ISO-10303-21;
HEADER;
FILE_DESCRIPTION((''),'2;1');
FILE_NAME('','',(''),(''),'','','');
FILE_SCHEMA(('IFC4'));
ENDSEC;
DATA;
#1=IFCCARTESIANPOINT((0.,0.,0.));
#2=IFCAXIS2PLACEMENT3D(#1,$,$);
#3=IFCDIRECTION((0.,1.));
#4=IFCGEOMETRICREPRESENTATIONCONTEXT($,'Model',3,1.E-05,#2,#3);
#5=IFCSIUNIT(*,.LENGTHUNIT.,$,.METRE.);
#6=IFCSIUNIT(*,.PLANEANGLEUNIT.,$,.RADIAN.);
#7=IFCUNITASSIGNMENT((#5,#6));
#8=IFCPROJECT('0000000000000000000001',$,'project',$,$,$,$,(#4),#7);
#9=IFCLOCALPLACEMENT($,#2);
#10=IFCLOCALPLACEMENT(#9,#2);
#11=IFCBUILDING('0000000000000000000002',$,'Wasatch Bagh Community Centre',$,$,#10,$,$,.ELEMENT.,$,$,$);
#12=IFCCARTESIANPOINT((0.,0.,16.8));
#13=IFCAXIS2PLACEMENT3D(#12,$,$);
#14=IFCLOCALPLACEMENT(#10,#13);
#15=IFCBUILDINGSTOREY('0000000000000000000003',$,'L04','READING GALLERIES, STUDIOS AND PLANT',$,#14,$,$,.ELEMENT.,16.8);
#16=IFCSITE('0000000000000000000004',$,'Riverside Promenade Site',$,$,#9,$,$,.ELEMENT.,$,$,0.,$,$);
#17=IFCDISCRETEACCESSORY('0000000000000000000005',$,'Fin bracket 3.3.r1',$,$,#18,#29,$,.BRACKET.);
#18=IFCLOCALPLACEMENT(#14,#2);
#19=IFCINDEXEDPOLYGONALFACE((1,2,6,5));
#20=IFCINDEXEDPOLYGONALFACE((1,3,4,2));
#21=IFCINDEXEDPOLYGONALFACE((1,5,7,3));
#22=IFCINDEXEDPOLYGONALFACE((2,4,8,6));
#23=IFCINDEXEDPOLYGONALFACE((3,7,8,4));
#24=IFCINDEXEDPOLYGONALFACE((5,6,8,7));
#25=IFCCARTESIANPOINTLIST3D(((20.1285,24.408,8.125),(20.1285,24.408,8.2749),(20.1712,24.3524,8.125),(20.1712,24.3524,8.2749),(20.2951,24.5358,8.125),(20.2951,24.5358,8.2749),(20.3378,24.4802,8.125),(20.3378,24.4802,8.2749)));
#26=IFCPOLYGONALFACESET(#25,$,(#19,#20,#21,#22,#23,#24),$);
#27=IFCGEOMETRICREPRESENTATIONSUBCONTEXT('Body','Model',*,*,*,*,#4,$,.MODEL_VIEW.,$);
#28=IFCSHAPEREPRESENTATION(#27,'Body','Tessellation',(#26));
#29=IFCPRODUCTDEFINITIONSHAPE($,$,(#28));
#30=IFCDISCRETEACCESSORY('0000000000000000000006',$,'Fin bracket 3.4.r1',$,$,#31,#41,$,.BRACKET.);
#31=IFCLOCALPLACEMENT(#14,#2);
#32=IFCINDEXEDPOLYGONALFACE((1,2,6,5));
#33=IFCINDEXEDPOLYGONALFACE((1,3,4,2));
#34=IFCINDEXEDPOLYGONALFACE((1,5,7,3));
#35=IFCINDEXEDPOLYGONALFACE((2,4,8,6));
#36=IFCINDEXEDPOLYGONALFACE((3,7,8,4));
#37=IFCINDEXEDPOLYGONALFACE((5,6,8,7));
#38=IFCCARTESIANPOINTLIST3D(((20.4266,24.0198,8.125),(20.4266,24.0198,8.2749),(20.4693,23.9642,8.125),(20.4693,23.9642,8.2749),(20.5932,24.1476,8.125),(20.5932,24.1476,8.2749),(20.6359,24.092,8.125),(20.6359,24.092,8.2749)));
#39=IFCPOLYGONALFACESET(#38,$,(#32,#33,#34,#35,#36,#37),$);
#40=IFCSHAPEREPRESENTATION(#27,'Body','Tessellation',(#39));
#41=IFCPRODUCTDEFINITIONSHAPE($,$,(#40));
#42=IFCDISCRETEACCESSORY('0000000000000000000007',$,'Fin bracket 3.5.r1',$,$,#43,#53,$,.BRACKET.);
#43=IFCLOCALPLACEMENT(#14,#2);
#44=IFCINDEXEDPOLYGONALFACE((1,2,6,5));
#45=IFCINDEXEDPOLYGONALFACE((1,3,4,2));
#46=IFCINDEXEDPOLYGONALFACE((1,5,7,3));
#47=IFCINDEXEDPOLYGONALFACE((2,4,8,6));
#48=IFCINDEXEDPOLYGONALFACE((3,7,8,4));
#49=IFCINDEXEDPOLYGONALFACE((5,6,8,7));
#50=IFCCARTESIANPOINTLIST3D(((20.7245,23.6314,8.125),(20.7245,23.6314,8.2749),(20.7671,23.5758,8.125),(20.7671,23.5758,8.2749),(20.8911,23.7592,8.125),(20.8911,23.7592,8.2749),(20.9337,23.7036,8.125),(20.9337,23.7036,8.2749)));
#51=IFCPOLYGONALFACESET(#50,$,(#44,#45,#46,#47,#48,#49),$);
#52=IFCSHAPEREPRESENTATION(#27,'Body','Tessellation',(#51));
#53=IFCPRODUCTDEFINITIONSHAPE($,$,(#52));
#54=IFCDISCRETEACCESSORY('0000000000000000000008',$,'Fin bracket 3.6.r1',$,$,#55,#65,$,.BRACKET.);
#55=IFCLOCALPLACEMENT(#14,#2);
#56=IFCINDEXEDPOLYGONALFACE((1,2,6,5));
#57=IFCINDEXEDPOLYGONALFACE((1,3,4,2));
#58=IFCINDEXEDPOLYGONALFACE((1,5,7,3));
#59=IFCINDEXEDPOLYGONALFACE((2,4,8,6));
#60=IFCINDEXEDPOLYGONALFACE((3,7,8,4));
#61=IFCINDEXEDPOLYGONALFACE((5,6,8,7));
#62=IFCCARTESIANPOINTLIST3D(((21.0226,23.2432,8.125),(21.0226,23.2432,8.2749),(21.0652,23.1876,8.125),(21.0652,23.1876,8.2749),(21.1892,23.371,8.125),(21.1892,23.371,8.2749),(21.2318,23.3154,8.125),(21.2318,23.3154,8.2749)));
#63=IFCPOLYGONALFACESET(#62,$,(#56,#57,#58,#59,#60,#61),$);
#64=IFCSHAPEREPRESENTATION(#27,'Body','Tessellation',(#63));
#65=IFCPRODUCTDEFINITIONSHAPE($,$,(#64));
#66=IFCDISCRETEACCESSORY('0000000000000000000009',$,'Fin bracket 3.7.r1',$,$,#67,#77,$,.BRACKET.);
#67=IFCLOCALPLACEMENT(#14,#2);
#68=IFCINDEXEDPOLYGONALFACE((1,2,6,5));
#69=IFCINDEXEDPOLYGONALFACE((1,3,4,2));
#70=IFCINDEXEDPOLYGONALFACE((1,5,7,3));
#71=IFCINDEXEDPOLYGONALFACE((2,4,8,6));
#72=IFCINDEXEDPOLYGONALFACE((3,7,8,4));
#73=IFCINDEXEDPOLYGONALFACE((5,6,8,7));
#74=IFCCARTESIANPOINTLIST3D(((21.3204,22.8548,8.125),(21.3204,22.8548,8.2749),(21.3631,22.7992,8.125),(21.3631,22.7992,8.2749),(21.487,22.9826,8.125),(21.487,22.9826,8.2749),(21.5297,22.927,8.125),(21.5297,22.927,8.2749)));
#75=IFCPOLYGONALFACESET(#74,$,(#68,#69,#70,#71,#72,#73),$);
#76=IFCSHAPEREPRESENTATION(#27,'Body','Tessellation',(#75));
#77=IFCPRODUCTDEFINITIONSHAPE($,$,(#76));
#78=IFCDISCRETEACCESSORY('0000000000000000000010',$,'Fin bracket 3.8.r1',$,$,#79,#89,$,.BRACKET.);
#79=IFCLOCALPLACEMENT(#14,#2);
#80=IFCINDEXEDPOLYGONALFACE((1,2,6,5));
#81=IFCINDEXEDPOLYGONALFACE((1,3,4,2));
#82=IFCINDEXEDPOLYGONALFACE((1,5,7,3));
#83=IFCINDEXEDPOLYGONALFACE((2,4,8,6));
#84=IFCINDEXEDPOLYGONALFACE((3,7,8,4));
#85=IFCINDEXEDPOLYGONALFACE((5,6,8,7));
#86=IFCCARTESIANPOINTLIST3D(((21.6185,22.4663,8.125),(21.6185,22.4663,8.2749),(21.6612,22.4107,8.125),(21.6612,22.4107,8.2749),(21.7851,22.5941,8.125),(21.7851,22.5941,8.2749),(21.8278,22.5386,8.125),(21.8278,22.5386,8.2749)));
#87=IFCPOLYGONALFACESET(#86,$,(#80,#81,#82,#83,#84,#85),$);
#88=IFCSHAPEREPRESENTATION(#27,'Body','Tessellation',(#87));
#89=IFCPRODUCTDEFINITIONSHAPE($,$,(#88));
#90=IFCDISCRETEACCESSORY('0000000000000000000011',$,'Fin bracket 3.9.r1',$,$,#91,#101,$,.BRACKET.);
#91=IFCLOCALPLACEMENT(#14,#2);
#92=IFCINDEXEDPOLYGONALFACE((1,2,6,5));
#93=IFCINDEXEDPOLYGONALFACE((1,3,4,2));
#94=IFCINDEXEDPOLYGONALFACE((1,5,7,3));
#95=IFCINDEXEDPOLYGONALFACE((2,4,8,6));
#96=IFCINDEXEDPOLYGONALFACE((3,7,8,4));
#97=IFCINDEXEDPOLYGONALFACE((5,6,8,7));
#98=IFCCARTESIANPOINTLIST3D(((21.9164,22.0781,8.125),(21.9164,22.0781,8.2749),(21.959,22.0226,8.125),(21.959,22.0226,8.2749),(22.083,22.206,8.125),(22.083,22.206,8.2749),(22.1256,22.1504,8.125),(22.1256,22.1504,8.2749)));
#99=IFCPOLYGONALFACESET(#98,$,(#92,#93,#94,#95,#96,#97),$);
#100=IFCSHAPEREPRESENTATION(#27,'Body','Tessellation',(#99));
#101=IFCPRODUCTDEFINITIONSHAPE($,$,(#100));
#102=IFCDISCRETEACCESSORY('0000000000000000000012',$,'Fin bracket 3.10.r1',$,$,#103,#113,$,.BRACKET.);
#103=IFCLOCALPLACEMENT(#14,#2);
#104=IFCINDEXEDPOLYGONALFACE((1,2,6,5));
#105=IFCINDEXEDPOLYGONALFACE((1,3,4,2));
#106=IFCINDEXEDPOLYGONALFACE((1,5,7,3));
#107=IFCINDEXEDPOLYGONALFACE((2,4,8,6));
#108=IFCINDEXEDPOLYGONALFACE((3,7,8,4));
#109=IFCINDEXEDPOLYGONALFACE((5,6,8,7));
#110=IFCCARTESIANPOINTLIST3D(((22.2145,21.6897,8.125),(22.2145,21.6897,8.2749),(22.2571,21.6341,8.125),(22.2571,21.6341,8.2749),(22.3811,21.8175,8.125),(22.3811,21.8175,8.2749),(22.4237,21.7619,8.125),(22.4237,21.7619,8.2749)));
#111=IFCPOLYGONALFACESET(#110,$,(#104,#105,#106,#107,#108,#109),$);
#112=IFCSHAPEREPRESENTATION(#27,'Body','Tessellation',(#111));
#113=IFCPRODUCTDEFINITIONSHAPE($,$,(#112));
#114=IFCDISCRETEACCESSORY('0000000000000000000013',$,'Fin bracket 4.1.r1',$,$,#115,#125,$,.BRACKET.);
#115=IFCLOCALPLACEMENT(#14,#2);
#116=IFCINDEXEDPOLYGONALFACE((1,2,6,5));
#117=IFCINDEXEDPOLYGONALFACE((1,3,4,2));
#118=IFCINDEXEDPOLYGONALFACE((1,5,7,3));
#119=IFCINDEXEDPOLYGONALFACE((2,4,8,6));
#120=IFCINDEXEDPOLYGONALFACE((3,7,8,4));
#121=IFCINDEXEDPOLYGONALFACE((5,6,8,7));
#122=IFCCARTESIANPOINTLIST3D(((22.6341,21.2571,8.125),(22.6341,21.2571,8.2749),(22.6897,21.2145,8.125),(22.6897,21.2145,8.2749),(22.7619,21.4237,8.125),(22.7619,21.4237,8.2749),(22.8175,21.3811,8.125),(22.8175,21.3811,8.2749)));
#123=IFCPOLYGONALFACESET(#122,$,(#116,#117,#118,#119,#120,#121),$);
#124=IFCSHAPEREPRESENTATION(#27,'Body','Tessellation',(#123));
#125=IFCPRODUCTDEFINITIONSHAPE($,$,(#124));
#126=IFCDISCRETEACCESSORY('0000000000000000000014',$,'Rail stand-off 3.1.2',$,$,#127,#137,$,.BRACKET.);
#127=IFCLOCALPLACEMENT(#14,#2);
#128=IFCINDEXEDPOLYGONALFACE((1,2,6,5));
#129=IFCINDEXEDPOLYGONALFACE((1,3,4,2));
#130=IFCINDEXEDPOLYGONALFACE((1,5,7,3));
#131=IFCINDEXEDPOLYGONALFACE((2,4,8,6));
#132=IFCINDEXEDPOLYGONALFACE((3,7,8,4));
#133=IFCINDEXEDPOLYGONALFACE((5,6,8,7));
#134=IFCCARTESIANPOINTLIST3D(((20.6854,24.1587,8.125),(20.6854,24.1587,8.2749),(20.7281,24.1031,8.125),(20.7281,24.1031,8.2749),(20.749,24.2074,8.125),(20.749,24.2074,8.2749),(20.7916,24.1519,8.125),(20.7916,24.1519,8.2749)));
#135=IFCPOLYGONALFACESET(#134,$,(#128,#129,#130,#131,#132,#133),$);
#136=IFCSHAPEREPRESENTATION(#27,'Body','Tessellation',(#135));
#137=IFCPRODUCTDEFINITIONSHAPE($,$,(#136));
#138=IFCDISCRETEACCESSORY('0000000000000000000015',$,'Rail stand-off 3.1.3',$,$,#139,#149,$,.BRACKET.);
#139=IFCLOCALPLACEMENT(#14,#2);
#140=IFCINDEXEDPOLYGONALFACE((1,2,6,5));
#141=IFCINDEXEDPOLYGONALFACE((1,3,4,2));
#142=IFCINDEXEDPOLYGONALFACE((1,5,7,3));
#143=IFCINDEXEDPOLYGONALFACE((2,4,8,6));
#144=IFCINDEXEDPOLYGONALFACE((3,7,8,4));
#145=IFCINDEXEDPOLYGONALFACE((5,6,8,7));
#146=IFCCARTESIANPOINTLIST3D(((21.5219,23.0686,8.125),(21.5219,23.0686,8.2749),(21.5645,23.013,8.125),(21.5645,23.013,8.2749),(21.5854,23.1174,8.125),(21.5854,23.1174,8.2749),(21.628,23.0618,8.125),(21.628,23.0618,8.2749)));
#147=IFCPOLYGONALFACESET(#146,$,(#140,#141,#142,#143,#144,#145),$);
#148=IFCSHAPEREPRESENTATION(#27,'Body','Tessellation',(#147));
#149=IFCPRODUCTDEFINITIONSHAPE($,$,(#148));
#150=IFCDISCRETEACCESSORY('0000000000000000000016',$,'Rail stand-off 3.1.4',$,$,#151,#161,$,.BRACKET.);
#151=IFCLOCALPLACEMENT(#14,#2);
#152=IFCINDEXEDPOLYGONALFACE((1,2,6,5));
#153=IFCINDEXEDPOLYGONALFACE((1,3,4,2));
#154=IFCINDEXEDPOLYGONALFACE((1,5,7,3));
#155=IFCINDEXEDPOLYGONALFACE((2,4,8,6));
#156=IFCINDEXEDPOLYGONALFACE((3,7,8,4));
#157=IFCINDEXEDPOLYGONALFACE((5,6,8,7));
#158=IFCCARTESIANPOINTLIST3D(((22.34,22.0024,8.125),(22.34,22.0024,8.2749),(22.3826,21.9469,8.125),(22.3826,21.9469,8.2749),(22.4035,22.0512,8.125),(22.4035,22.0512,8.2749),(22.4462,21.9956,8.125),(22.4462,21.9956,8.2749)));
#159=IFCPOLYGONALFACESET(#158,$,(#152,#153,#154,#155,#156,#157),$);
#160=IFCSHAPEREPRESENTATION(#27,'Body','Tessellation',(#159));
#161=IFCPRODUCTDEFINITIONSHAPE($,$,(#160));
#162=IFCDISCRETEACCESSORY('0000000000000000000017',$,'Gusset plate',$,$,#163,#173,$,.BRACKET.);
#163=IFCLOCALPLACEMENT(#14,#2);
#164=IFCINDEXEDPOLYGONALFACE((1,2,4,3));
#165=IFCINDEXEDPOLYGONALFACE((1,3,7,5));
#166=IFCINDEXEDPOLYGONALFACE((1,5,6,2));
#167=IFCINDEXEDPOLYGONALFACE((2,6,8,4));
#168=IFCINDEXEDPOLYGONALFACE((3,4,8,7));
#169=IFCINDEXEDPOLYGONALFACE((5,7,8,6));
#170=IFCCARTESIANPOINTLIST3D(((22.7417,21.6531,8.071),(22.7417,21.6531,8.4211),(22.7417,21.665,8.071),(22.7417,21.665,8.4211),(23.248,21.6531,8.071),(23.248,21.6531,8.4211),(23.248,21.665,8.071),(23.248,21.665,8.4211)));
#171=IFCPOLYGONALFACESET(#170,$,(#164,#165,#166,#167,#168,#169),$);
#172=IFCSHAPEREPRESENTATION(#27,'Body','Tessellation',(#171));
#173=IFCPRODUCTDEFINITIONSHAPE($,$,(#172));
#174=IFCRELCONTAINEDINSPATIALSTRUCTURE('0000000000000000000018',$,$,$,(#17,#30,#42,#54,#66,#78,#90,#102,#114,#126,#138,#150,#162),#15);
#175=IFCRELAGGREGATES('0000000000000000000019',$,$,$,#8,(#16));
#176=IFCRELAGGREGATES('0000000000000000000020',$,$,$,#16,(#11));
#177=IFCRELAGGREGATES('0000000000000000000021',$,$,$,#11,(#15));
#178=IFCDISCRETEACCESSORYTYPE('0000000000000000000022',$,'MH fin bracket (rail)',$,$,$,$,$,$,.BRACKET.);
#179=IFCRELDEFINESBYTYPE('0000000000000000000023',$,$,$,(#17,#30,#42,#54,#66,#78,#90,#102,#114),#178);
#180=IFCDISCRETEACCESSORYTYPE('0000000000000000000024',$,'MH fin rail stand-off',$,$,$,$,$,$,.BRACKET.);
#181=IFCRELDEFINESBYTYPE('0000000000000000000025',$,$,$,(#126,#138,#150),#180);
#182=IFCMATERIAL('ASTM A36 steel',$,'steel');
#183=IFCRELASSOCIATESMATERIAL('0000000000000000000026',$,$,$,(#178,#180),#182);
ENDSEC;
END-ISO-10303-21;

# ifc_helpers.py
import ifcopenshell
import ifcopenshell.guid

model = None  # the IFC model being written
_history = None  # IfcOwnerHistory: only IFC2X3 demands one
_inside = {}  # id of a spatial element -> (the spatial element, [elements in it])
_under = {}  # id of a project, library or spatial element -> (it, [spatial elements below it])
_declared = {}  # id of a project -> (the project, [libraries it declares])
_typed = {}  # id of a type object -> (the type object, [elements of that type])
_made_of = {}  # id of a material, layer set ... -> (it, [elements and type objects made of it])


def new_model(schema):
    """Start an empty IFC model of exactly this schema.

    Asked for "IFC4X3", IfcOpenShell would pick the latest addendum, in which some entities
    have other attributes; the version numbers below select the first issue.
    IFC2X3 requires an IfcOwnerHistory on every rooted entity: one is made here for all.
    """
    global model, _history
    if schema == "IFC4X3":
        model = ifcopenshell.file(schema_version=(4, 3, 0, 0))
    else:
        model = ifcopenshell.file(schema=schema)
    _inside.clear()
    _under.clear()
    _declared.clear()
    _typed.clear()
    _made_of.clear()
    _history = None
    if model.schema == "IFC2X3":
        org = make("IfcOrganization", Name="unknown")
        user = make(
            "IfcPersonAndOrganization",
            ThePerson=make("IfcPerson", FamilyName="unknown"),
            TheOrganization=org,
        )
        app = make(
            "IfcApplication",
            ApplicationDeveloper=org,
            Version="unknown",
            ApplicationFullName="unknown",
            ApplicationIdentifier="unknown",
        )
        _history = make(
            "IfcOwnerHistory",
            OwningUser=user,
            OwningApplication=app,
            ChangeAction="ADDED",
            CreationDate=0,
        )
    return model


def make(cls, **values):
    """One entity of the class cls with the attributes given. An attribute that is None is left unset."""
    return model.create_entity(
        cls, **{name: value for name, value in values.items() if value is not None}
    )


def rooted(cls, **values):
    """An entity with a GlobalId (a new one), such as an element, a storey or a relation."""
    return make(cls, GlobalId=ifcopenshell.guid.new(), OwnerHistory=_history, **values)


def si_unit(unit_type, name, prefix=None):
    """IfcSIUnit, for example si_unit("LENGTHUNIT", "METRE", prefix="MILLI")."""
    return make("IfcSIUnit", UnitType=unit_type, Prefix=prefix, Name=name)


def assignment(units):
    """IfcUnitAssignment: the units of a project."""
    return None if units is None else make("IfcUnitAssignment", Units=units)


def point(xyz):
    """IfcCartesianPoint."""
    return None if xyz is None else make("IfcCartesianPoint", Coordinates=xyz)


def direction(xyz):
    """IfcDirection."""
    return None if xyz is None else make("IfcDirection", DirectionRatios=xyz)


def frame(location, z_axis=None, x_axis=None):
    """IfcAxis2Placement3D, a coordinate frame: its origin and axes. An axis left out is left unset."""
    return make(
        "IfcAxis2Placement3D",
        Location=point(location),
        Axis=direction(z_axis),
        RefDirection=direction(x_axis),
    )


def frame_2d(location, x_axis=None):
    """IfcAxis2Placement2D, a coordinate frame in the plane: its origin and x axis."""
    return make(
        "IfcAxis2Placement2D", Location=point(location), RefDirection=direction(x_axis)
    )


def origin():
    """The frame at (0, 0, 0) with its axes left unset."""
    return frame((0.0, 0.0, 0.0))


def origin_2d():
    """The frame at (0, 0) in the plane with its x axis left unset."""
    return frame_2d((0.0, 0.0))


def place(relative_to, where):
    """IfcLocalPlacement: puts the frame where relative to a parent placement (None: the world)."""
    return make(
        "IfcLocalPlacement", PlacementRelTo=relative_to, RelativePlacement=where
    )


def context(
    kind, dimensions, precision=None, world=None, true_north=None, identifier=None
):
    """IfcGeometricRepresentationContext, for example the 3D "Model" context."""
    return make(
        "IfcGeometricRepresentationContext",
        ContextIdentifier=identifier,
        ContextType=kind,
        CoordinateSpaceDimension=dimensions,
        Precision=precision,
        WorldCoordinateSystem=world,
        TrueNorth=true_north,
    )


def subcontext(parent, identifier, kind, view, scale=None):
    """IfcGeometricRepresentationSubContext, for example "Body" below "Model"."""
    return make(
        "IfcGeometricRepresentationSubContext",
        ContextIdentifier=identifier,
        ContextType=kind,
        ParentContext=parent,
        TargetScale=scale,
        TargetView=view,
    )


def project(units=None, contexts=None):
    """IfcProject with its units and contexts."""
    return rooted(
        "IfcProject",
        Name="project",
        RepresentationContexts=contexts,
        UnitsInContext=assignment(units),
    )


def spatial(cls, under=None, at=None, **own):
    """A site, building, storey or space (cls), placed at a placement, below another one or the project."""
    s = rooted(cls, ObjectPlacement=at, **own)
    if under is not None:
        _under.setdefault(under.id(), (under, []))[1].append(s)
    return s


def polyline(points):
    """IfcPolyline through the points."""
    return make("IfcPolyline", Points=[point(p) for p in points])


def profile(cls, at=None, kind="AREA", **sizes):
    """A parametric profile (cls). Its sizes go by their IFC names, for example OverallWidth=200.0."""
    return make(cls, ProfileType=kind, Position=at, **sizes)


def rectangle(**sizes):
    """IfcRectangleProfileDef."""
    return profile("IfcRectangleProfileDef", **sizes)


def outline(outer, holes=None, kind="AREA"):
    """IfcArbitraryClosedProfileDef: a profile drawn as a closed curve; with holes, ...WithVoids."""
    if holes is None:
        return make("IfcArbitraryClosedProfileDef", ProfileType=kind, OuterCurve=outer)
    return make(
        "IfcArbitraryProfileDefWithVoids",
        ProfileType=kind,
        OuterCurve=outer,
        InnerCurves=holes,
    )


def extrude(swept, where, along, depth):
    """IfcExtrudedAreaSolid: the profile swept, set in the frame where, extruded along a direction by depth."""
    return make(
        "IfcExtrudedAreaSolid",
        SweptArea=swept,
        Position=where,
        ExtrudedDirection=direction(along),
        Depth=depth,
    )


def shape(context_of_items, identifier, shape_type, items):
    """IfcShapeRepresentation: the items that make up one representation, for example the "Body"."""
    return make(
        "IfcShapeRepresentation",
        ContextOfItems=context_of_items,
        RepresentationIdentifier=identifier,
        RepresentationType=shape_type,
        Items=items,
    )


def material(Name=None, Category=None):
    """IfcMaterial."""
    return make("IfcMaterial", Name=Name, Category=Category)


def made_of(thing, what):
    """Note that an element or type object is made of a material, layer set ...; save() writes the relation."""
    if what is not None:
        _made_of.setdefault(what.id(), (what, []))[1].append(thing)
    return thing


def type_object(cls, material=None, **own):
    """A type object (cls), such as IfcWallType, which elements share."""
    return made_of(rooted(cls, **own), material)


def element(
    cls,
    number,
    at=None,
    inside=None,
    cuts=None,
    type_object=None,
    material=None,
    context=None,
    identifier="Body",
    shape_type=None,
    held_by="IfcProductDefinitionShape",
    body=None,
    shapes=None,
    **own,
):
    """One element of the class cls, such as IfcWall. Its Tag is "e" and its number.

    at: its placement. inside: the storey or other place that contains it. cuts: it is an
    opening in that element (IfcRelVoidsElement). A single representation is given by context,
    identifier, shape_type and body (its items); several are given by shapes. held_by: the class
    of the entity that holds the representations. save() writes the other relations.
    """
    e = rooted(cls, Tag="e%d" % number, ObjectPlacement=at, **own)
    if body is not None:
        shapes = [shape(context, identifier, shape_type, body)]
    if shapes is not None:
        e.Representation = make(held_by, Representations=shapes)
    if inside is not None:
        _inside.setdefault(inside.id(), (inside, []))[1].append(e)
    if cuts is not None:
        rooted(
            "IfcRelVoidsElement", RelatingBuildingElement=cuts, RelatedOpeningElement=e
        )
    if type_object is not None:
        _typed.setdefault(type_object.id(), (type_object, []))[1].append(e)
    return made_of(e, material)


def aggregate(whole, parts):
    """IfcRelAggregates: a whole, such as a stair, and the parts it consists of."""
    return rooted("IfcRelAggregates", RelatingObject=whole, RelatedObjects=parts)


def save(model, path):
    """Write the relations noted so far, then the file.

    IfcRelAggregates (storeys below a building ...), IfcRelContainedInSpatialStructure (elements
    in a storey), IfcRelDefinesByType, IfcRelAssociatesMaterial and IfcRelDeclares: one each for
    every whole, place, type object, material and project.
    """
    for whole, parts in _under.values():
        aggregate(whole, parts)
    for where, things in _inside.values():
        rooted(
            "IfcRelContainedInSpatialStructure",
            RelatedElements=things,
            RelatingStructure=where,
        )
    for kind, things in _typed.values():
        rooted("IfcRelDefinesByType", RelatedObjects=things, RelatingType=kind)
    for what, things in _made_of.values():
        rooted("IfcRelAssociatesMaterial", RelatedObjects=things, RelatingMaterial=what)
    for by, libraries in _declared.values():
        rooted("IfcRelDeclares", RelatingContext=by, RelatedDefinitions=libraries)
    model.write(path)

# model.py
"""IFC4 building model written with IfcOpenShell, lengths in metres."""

from ifc_helpers import new_model, si_unit, direction, frame, origin, origin_2d, place, context, subcontext, project, spatial, polyline, rectangle, outline, extrude, material, type_object, element, save


model = new_model("IFC4")

# Units and contexts
model_context = context("Model", 3, precision=1e-05, world=origin(), true_north=direction((0.0, 1.0)))
body_context = subcontext(model_context, "Body", "Model", "MODEL_VIEW")
ifc_project = project(units=[si_unit("LENGTHUNIT", "METRE"), si_unit("PLANEANGLEUNIT", "RADIAN")], contexts=[model_context])

# Site, building, storey
site_placement = place(None, origin())
site = spatial("IfcSite", under=ifc_project, at=site_placement, Name="Riverside Promenade Site", CompositionType="ELEMENT", RefElevation=0.0)
building_placement = place(site_placement, origin())
building = spatial("IfcBuilding", under=site, at=building_placement, Name="Wasatch Bagh Community Centre", CompositionType="ELEMENT")
storey_placement = place(building_placement, frame((0.0, 0.0, 16.8)))
storey = spatial("IfcBuildingStorey", under=building, at=storey_placement, Name="L04", Description="READING GALLERIES, STUDIOS AND PLANT", CompositionType="ELEMENT", Elevation=16.8)

# Discrete accessories
ifc_material_1 = material(Name="ASTM A36 steel", Category="steel")
discrete_accessory_type_1 = type_object("IfcDiscreteAccessoryType", Name="MH fin bracket (rail)", PredefinedType="BRACKET", material=ifc_material_1)
for number, where, z_axis, x_axis, name in (
    (1, (20.2332, 24.4441, 8.125), (0.0, 0.0, 1.0), (0.608761, -0.793353, 0.0), "Fin bracket 3.3.r1"),
    (2, (20.5312, 24.0559, 8.125), (0.0, 0.0, 1.0), (0.608761, -0.793353, 0.0), "Fin bracket 3.4.r1"),
    (3, (20.8291, 23.6675, 8.125), (0.0, 0.0, 1.0), (0.608761, -0.793353, 0.0), "Fin bracket 3.5.r1"),
    (4, (21.1272, 23.2793, 8.125), (0.0, 0.0, 1.0), (0.608761, -0.793353, 0.0), "Fin bracket 3.6.r1"),
    (5, (21.425, 22.8909, 8.125), (0.0, 0.0, 1.0), (0.608761, -0.793353, 0.0), "Fin bracket 3.7.r1"),
    (6, (21.7231, 22.5024, 8.125), (0.0, 0.0, 1.0), (0.608761, -0.793353, 0.0), "Fin bracket 3.8.r1"),
    (7, (22.021, 22.1143, 8.125), (0.0, 0.0, 1.0), (0.608761, -0.793353, 0.0), "Fin bracket 3.9.r1"),
    (8, (22.3191, 21.7258, 8.125), (0.0, 0.0, 1.0), (0.608761, -0.793353, 0.0), "Fin bracket 3.10.r1"),
    (9, (22.7258, 21.3191, 8.125), (0.0, 0.0, 1.0), (0.793353, -0.608761, 0.0), "Fin bracket 4.1.r1"),
):
    element("IfcDiscreteAccessory", number, at=place(storey_placement, frame(where, z_axis=z_axis, x_axis=x_axis)), inside=storey, type_object=discrete_accessory_type_1, Name=name, PredefinedType="BRACKET", context=body_context, shape_type="SweptSolid", body=[
        extrude(rectangle(XDim=0.0701, YDim=0.21, at=origin_2d()), origin(), (0.0, 0.0, 1.0), 0.1499),
    ])
discrete_accessory_type_2 = type_object("IfcDiscreteAccessoryType", Name="MH fin rail stand-off", PredefinedType="BRACKET", material=ifc_material_1)
for number, where, z_axis, x_axis, name in (
    (10, (20.7385, 24.1553, 8.125), (0.0, 0.0, 1.0), (0.608761, -0.793353, 0.0), "Rail stand-off 3.1.2"),
    (11, (21.575, 23.0652, 8.125), (0.0, 0.0, 1.0), (0.608761, -0.793353, 0.0), "Rail stand-off 3.1.3"),
    (12, (22.3931, 21.999, 8.125), (0.0, 0.0, 1.0), (0.608761, -0.793353, 0.0), "Rail stand-off 3.1.4"),
):
    element("IfcDiscreteAccessory", number, at=place(storey_placement, frame(where, z_axis=z_axis, x_axis=x_axis)), inside=storey, type_object=discrete_accessory_type_2, Name=name, PredefinedType="BRACKET", context=body_context, shape_type="SweptSolid", body=[
        extrude(rectangle(XDim=0.0701, YDim=0.0801, at=origin_2d()), origin(), (0.0, 0.0, 1.0), 0.1499),
    ])
discrete_accessory_placement = place(storey_placement, frame((22.7417, 21.6531, 8.071), z_axis=(0.0, -1.0, 0.0), x_axis=(1.0, 0.0, 0.0)))
element("IfcDiscreteAccessory", 13, at=discrete_accessory_placement, inside=storey, Name="Gusset plate", PredefinedType="BRACKET", context=body_context, shape_type="SweptSolid", body=[
    extrude(outline(polyline([(0.0, 0.0), (0.5063, 0.0), (0.5063, 0.3501), (0.0, 0.3501), (0.0, 0.0)])), origin(), (0.0, 0.0, -1.0), 0.012),
])

save(model, "model.ifc")
